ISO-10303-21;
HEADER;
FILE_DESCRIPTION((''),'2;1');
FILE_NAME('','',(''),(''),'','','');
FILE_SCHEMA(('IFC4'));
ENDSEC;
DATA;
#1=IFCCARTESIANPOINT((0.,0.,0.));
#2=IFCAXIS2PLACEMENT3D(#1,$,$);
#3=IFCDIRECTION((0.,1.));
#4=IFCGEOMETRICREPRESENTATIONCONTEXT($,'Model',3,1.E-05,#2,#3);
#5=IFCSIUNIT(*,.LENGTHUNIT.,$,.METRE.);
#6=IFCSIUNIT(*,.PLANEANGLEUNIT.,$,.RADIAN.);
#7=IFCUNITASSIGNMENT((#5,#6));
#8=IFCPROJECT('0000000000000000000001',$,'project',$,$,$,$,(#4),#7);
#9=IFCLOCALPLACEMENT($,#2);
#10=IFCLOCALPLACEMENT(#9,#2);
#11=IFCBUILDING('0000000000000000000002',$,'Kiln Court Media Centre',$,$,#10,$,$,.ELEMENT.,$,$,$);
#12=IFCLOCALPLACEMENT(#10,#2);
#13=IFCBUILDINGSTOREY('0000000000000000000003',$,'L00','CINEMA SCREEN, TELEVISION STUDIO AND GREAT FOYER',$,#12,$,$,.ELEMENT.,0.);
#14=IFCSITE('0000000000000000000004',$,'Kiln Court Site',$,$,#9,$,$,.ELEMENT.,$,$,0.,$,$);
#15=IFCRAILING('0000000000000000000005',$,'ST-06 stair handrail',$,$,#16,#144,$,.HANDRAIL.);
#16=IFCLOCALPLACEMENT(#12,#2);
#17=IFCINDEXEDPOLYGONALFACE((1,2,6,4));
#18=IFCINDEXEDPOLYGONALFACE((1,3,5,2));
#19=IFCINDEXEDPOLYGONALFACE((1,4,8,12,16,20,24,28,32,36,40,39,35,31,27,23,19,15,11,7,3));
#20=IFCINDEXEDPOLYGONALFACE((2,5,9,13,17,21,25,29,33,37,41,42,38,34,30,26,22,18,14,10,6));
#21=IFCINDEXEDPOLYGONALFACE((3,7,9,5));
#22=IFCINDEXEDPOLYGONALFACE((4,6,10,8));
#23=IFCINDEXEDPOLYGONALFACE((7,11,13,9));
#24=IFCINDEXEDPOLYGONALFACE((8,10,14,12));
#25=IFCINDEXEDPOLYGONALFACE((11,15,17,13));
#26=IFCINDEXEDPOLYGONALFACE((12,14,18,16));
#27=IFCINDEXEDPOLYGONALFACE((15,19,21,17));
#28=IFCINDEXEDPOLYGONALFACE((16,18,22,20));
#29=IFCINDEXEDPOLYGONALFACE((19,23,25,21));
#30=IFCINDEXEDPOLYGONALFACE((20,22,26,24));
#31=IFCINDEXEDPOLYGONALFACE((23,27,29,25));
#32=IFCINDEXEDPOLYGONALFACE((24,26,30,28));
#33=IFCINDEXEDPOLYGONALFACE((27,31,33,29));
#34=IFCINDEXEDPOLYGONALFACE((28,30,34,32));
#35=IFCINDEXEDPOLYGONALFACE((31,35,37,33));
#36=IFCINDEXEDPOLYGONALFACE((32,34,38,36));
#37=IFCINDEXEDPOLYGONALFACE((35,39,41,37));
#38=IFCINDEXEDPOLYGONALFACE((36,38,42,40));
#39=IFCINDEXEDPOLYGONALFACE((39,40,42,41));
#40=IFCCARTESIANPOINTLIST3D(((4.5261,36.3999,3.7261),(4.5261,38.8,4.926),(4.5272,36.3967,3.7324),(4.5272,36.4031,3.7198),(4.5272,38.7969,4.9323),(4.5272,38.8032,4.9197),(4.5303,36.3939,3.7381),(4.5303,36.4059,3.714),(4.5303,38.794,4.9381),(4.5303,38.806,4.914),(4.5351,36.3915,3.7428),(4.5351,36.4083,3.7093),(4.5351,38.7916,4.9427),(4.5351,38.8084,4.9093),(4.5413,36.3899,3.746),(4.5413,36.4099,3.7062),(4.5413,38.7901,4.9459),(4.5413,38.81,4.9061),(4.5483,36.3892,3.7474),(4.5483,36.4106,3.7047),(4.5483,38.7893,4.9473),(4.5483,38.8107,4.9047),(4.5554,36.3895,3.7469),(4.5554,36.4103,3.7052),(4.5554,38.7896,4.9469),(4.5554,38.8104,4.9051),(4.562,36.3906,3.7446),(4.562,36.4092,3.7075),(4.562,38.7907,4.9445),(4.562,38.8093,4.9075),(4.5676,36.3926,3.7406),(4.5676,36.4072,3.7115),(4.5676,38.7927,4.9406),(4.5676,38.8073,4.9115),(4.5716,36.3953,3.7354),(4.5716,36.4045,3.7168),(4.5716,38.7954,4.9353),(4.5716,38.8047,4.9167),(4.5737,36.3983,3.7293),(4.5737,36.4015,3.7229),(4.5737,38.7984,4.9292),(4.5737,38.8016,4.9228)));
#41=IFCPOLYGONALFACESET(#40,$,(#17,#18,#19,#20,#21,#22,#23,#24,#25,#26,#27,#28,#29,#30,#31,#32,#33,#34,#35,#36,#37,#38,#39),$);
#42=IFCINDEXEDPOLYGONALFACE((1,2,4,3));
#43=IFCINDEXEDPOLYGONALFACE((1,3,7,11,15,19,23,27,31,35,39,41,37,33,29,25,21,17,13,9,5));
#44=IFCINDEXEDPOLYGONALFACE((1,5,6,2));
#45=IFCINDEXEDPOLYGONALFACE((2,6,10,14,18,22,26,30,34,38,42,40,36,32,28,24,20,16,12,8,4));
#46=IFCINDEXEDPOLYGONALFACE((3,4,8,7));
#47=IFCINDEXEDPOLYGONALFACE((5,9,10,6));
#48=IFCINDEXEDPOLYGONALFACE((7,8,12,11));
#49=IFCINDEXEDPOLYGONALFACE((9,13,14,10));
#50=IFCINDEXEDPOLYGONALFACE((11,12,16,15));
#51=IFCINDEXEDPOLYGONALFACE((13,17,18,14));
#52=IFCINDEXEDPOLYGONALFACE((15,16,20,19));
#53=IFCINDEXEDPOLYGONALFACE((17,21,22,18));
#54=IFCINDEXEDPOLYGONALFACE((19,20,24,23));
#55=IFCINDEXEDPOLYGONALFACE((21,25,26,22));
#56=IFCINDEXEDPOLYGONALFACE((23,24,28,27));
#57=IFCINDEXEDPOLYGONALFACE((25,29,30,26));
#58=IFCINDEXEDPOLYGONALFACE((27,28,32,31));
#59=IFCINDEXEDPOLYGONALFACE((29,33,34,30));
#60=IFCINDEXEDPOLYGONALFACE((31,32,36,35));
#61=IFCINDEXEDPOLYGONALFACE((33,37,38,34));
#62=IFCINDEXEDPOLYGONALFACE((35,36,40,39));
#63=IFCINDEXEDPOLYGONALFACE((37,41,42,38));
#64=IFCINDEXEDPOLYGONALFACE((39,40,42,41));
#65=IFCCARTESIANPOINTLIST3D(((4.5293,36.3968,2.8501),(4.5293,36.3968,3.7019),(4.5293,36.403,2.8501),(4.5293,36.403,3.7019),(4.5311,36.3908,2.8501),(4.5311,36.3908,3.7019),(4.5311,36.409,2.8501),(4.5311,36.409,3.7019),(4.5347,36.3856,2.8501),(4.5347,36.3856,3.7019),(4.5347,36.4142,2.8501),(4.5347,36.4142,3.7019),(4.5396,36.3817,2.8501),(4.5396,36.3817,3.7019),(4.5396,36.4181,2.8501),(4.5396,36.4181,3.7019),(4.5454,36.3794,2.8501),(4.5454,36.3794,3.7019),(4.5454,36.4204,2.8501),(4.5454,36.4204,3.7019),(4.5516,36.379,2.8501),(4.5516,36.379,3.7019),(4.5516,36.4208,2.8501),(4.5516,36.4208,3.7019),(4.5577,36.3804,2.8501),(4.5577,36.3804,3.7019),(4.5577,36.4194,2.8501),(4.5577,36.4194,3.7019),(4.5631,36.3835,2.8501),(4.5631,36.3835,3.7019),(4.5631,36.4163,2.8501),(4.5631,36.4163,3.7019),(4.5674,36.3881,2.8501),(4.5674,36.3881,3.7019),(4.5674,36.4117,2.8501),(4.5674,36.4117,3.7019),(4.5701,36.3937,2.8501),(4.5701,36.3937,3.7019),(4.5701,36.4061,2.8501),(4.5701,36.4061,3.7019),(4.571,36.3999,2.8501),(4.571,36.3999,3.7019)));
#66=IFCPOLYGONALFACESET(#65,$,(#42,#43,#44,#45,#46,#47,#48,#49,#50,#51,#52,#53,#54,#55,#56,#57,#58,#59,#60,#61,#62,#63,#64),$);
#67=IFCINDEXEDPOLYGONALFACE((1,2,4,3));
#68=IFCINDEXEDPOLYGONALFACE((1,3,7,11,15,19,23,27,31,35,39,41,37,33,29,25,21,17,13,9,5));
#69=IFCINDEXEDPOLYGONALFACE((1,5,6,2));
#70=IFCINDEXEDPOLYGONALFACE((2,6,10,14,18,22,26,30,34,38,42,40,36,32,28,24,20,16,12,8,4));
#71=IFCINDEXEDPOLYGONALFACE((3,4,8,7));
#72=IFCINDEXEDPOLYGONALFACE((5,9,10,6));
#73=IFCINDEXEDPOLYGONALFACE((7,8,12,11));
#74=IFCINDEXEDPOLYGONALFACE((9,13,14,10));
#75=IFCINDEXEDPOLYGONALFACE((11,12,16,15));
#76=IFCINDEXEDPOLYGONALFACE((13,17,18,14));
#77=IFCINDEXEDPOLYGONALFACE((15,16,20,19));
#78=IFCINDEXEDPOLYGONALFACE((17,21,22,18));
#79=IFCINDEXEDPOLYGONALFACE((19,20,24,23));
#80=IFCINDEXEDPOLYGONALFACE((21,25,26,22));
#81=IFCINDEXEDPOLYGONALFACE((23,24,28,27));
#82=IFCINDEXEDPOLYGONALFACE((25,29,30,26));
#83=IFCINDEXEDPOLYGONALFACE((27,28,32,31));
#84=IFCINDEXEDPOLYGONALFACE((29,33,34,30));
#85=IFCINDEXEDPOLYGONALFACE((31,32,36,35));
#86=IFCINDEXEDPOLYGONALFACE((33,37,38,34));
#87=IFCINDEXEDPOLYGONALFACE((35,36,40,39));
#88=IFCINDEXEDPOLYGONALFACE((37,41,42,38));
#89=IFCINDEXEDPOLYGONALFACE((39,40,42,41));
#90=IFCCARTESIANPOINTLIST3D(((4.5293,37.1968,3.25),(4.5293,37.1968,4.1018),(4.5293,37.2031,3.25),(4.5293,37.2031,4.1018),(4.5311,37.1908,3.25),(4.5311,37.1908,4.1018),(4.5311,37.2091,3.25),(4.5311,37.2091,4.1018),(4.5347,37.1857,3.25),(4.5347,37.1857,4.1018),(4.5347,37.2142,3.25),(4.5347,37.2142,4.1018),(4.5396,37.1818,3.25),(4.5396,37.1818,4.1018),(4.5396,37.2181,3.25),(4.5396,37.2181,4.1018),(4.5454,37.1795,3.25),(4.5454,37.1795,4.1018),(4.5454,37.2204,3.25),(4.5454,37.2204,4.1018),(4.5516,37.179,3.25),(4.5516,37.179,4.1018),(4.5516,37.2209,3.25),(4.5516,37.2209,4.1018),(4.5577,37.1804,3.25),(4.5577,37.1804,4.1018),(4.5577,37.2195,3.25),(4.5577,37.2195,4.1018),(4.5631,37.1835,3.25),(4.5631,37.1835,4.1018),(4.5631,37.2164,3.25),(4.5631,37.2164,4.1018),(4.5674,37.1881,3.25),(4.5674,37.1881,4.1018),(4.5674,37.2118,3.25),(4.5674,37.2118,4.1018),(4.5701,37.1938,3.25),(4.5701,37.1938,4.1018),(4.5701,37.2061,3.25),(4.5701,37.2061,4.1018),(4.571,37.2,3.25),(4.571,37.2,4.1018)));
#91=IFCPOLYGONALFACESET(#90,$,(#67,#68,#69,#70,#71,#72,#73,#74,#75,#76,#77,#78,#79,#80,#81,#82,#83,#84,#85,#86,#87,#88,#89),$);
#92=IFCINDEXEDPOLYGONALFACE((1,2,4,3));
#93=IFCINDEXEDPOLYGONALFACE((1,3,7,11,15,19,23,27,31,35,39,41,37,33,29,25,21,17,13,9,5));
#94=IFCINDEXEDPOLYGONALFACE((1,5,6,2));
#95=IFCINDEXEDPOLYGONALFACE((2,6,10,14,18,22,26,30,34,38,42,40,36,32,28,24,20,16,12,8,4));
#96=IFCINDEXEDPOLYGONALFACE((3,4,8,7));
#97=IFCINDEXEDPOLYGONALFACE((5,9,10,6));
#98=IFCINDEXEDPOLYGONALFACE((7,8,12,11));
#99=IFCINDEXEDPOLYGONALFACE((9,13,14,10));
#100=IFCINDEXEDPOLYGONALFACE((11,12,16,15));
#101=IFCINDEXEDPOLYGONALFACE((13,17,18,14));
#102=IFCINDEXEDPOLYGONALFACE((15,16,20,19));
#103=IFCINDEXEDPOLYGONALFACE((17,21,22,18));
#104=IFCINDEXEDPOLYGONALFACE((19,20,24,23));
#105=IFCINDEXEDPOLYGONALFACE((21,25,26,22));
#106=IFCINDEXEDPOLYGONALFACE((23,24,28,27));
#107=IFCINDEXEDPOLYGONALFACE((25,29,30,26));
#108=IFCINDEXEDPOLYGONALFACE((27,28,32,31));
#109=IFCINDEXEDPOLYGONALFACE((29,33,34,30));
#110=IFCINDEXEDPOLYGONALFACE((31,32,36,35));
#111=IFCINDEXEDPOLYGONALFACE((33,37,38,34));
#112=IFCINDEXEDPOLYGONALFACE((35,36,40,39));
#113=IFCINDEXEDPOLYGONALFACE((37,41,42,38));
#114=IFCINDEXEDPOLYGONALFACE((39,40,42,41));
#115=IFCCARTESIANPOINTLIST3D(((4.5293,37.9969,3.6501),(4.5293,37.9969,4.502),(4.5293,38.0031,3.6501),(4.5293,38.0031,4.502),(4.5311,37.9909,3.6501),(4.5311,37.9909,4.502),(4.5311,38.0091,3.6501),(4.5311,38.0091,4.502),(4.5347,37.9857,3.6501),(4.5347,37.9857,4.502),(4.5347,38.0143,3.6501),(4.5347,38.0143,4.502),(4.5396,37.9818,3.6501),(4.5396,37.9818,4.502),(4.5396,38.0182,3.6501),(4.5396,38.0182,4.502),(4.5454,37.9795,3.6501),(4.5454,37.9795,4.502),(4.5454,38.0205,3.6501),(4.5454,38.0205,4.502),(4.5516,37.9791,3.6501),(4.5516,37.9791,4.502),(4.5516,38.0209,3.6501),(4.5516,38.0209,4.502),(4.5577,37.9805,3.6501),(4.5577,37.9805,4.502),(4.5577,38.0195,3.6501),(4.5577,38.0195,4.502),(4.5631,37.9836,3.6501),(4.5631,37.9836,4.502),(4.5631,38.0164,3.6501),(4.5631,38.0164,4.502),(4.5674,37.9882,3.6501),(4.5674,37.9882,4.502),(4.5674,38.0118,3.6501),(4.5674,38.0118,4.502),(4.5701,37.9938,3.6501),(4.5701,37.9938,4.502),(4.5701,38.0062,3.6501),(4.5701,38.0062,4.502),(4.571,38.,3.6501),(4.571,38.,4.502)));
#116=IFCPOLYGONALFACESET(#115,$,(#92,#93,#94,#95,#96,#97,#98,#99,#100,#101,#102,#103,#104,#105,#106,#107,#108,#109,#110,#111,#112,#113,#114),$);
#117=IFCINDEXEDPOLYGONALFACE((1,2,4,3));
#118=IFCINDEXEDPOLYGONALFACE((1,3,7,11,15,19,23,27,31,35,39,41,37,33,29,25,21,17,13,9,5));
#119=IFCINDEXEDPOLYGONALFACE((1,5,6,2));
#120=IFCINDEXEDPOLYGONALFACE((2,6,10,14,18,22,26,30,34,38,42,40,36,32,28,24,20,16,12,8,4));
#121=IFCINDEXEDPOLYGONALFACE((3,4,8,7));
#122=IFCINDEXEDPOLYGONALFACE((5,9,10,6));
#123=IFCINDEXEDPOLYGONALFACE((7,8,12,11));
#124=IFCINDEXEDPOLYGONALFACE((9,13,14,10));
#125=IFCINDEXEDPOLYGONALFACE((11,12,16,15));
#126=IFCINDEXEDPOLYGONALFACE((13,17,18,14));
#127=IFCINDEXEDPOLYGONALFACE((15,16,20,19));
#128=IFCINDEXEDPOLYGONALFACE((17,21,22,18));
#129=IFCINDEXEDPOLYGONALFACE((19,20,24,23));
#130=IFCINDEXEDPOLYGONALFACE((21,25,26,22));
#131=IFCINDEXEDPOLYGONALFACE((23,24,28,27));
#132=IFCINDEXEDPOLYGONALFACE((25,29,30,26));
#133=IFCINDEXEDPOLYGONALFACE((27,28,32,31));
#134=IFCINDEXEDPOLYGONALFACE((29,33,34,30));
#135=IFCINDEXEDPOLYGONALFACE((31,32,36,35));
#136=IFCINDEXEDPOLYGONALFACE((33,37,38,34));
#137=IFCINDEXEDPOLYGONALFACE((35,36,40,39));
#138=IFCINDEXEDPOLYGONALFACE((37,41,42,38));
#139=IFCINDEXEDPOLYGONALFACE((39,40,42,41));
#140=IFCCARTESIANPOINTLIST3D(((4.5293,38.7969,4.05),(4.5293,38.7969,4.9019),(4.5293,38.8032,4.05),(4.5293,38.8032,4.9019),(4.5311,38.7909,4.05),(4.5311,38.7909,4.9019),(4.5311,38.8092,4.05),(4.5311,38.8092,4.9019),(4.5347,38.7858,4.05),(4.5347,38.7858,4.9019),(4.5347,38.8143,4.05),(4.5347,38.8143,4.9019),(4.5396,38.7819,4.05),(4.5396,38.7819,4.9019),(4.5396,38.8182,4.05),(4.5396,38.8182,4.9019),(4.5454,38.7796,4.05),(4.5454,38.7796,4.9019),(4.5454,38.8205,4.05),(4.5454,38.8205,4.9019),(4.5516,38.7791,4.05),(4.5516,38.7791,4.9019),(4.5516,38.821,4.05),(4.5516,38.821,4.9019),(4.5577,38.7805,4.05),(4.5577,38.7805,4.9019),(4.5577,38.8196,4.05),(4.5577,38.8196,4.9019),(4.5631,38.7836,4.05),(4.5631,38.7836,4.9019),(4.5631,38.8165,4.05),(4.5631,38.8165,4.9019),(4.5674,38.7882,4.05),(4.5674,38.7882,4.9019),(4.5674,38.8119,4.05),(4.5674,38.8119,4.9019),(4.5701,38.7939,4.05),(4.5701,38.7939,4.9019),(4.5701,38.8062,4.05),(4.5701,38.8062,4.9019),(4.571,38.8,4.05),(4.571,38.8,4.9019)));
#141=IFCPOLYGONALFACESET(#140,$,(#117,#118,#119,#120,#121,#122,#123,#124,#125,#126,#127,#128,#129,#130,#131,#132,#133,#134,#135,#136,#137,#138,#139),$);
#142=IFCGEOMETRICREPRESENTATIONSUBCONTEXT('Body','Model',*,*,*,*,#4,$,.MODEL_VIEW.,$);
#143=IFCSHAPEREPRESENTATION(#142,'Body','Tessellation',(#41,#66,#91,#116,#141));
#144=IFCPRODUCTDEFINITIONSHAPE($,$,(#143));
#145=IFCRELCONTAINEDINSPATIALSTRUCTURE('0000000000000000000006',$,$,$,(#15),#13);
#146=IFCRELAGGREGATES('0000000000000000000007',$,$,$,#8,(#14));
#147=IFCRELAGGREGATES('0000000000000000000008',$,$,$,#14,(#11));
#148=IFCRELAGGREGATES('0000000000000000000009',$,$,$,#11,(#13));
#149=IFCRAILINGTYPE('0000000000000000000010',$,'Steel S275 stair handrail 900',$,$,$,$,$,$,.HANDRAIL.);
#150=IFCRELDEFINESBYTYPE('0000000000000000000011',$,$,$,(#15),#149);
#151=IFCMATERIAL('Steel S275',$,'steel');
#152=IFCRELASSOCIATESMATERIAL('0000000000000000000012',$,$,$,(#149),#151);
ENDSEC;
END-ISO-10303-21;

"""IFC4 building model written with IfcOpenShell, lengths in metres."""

from ifc_helpers import new_model, si_unit, direction, frame, origin, origin_2d, place, context, subcontext, project, spatial, circle, extrude, material, type_object, element, save


model = new_model("IFC4")

# Units and contexts
model_context = context("Model", 3, precision=1e-05, world=origin(), true_north=direction((0.0, 1.0)))
body_context = subcontext(model_context, "Body", "Model", "MODEL_VIEW")
ifc_project = project(units=[si_unit("LENGTHUNIT", "METRE"), si_unit("PLANEANGLEUNIT", "RADIAN")], contexts=[model_context])

# Site, building, storey
site_placement = place(None, origin())
site = spatial("IfcSite", under=ifc_project, at=site_placement, Name="Kiln Court Site", CompositionType="ELEMENT", RefElevation=0.0)
building_placement = place(site_placement, origin())
building = spatial("IfcBuilding", under=site, at=building_placement, Name="Kiln Court Media Centre", CompositionType="ELEMENT")
storey_placement = place(building_placement, origin())
storey = spatial("IfcBuildingStorey", under=building, at=storey_placement, Name="L00", Description="CINEMA SCREEN, TELEVISION STUDIO AND GREAT FOYER", CompositionType="ELEMENT", Elevation=0.0)

# Railing
ifc_material_1 = material(Name="Steel S275", Category="steel")
railing_type_1 = type_object("IfcRailingType", Name="Steel S275 stair handrail 900", PredefinedType="HANDRAIL", material=ifc_material_1)
railing_1_placement = place(storey_placement, frame((4.55, 36.3999, 2.8501)))
element("IfcRailing", 1, at=railing_1_placement, inside=storey, type_object=railing_type_1, Name="ST-06 stair handrail", PredefinedType="HANDRAIL", context=body_context, shape_type="SweptSolid", body=[
    extrude(circle(Radius=0.0239, at=origin_2d()), frame((0.0, 0.0, 0.876), z_axis=(0.0, 0.894445, 0.447177), x_axis=(-1.0, 0.0, 0.0)), (0.0, 0.0, 1.0), 2.6833),
    extrude(circle(Radius=0.021, at=origin_2d()), origin(), (0.0, 0.0, 1.0), 0.8518),
    extrude(circle(Radius=0.021, at=origin_2d()), frame((0.0, 0.8, 0.3999)), (0.0, 0.0, 1.0), 0.8518),
    extrude(circle(Radius=0.021, at=origin_2d()), frame((0.0, 1.6001, 0.8)), (0.0, 0.0, 1.0), 0.8518),
    extrude(circle(Radius=0.021, at=origin_2d()), frame((0.0, 2.4001, 1.2)), (0.0, 0.0, 1.0), 0.8518),
])

save(model, "model.ifc")
